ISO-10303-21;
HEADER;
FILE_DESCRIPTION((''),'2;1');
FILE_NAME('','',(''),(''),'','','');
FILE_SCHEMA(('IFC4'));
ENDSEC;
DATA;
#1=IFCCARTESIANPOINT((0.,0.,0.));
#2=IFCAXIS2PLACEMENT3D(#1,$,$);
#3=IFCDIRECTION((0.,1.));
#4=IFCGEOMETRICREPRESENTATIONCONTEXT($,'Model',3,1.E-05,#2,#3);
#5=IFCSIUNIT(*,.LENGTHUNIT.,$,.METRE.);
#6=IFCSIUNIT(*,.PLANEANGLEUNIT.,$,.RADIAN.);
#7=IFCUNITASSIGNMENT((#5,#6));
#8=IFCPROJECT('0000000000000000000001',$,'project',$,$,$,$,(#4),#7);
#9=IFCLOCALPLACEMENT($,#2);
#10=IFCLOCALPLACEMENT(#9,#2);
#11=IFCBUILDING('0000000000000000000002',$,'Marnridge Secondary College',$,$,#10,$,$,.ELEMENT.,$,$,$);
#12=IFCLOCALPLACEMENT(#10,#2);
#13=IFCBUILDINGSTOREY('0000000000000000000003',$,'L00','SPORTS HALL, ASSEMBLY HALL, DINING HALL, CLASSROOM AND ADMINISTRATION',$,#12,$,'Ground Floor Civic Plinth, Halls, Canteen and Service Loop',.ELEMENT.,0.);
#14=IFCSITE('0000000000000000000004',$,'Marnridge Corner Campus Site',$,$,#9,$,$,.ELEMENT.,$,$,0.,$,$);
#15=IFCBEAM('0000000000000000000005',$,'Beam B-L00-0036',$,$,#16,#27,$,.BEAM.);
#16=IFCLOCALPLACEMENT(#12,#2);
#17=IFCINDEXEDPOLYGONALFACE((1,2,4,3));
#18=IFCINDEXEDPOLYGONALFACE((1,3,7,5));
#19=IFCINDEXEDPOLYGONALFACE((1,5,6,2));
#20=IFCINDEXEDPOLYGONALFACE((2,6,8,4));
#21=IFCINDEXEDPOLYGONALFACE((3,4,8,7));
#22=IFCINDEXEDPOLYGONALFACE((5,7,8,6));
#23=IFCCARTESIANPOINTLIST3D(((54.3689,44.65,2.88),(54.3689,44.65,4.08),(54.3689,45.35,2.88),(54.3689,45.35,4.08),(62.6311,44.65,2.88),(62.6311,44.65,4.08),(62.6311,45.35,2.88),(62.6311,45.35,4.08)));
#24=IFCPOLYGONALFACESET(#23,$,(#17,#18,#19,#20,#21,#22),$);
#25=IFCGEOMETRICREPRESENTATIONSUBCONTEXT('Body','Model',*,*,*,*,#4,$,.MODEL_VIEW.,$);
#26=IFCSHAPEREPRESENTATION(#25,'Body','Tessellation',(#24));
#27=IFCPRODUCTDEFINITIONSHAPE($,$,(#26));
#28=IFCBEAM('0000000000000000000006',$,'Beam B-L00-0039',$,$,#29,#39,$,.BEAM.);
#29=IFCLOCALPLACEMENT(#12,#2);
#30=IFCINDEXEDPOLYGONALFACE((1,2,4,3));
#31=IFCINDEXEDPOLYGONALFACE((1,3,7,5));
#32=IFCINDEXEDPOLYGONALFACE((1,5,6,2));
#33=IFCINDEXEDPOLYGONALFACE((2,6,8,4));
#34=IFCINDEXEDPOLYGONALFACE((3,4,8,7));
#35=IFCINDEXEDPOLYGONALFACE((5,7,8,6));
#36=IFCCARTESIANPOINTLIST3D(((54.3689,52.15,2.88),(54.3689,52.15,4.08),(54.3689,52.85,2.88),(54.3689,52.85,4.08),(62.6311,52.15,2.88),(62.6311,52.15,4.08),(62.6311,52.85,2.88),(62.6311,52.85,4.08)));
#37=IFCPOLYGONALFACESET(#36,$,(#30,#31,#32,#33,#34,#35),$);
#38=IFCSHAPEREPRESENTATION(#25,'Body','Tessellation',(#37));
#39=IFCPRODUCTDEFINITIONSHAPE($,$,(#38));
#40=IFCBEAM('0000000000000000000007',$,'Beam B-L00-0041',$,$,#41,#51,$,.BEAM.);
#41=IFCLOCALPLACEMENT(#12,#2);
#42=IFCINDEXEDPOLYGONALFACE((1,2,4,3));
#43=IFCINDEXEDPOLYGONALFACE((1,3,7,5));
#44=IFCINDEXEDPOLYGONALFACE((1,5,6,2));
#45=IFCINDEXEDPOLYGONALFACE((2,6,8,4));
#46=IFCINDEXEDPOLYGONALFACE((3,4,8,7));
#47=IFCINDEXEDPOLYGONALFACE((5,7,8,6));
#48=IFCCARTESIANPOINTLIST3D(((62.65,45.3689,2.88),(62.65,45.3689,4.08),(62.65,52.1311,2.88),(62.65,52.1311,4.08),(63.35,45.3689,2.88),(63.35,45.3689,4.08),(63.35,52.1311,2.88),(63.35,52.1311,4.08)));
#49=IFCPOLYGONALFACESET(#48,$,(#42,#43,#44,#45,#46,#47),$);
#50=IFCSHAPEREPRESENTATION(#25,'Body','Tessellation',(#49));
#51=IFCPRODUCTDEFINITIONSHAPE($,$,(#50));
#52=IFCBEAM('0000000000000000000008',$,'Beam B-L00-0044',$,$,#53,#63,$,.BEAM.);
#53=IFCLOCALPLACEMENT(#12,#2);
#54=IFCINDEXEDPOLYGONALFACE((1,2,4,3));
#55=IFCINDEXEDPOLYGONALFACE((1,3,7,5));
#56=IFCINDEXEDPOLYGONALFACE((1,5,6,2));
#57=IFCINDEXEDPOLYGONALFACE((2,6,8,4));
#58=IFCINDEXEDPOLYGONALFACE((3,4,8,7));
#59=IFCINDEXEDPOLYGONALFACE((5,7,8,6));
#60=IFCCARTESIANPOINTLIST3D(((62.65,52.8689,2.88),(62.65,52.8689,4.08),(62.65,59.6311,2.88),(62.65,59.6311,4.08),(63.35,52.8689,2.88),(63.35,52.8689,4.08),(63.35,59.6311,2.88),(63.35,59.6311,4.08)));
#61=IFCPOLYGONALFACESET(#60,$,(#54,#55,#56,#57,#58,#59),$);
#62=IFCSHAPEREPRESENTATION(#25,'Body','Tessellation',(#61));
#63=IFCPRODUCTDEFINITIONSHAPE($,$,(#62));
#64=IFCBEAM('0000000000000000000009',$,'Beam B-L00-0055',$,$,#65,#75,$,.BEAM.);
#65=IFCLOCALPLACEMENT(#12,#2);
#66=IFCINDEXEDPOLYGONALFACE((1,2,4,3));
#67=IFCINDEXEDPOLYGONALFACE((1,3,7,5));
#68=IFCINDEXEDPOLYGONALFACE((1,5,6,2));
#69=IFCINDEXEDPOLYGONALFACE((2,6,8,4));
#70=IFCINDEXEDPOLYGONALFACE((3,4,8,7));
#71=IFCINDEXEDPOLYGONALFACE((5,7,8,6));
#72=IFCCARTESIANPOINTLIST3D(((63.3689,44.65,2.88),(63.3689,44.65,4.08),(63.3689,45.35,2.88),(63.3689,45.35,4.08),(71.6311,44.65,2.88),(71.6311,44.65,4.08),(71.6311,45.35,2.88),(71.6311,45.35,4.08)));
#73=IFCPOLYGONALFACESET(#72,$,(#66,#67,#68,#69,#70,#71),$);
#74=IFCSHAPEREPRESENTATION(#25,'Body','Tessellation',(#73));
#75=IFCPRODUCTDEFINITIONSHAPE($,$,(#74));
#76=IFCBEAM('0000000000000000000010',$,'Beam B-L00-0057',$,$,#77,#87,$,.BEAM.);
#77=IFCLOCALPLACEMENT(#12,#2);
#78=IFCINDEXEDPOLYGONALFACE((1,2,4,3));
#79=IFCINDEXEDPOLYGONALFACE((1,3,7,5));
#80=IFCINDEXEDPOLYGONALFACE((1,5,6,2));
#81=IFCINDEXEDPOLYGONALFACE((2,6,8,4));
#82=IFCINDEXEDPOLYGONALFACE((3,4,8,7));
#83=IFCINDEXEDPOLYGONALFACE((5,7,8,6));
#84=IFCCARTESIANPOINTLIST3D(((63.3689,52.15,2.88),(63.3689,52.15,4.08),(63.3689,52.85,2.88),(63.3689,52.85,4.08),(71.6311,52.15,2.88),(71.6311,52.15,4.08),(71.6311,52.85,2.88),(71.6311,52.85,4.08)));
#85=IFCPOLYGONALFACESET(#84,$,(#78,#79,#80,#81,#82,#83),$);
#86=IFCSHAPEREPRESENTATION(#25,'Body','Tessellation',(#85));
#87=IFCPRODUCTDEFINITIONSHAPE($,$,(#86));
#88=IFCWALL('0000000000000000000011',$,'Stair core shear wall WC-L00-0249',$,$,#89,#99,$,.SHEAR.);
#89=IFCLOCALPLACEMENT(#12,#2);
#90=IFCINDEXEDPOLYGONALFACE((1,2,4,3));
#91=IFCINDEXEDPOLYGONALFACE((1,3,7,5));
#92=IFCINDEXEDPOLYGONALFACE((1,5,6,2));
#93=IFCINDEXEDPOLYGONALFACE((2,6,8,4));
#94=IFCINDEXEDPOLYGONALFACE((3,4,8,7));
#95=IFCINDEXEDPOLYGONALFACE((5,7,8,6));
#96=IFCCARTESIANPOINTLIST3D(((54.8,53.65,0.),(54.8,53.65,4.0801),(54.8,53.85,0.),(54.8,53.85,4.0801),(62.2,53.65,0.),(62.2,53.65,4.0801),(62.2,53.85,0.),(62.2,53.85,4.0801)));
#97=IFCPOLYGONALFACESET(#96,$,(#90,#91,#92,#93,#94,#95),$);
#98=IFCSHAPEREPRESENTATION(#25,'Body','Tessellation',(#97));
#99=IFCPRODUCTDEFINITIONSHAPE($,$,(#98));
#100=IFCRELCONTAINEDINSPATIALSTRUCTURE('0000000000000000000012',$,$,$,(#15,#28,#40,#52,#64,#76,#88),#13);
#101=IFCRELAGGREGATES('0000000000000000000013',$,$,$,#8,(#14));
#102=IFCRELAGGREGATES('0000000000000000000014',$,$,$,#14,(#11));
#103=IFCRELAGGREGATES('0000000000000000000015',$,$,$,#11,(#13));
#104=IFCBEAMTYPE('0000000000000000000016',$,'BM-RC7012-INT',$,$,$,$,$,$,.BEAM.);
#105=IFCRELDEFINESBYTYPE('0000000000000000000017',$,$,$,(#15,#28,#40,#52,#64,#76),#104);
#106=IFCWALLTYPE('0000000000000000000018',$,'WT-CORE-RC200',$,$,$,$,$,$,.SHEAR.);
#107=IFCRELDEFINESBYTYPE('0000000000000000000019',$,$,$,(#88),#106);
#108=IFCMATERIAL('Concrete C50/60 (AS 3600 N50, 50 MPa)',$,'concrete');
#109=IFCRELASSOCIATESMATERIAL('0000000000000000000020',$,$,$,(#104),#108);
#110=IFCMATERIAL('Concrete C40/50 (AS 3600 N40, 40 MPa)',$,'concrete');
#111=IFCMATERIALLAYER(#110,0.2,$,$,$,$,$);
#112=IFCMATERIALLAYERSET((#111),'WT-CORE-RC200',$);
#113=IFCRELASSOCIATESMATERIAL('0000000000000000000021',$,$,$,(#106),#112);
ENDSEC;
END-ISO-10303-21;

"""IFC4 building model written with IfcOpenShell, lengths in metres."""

from ifc_helpers import new_model, si_unit, direction, frame, frame_2d, origin, origin_2d, place, context, subcontext, project, spatial, rectangle, extrude, material, layer, layer_set, material_profile, profile_set, type_object, element, save


model = new_model("IFC4")

# Units and contexts
model_context = context("Model", 3, precision=1e-05, world=origin(), true_north=direction((0.0, 1.0)))
body_context = subcontext(model_context, "Body", "Model", "MODEL_VIEW")
ifc_project = project(units=[si_unit("LENGTHUNIT", "METRE"), si_unit("PLANEANGLEUNIT", "RADIAN")], contexts=[model_context])

# Site, building, storey
site_placement = place(None, origin())
site = spatial("IfcSite", under=ifc_project, at=site_placement, Name="Marnridge Corner Campus Site", CompositionType="ELEMENT", RefElevation=0.0)
building_placement = place(site_placement, origin())
building = spatial("IfcBuilding", under=site, at=building_placement, Name="Marnridge Secondary College", CompositionType="ELEMENT")
storey_placement = place(building_placement, origin())
storey = spatial("IfcBuildingStorey", under=building, at=storey_placement, Name="L00", Description="SPORTS HALL, ASSEMBLY HALL, DINING HALL, CLASSROOM AND ADMINISTRATION", LongName="Ground Floor Civic Plinth, Halls, Canteen and Service Loop", CompositionType="ELEMENT", Elevation=0.0)

# Beams
ifc_material_1 = material(Name="Concrete C50/60 (AS 3600 N50, 50 MPa)", Category="concrete")
ifc_material_profile_1 = material_profile(ifc_material_1, rectangle(XDim=0.7, YDim=1.2, at=origin_2d()), Name="RC 700x1200")
ifc_profile_set_1 = profile_set([ifc_material_profile_1], Name="Concrete C50/60 (AS 3600 N50, 50 MPa)")
beam_type_1 = type_object("IfcBeamType", Name="BM-RC7012-INT", PredefinedType="BEAM", material=ifc_profile_set_1)
for number, where, z_axis, x_axis, name in (
    (1, (54.3689, 45.0, 3.48), (1.0, 0.0, 0.0), (0.0, 1.0, 0.0), "Beam B-L00-0036"),
    (2, (54.3689, 52.5, 3.48), (1.0, 0.0, 0.0), (0.0, 1.0, 0.0), "Beam B-L00-0039"),
):
    element("IfcBeam", number, at=place(storey_placement, frame(where, z_axis=z_axis, x_axis=x_axis)), inside=storey, type_object=beam_type_1, Name=name, PredefinedType="BEAM", context=body_context, shape_type="SweptSolid", body=[
        extrude(rectangle(XDim=0.7, YDim=1.2, at=origin_2d()), origin(), (0.0, 0.0, 1.0), 8.2622),
    ])
for number, where, z_axis, x_axis, name in (
    (3, (63.0, 45.3689, 3.48), (0.0, 1.0, 0.0), (-1.0, 0.0, 0.0), "Beam B-L00-0041"),
    (4, (63.0, 52.8689, 3.48), (0.0, 1.0, 0.0), (-1.0, 0.0, 0.0), "Beam B-L00-0044"),
):
    element("IfcBeam", number, at=place(storey_placement, frame(where, z_axis=z_axis, x_axis=x_axis)), inside=storey, type_object=beam_type_1, Name=name, PredefinedType="BEAM", context=body_context, shape_type="SweptSolid", body=[
        extrude(rectangle(XDim=0.7, YDim=1.2, at=origin_2d()), origin(), (0.0, 0.0, 1.0), 6.7622),
    ])
for number, where, z_axis, x_axis, name in (
    (5, (63.3689, 45.0, 3.48), (1.0, 0.0, 0.0), (0.0, 1.0, 0.0), "Beam B-L00-0055"),
    (6, (63.3689, 52.5, 3.48), (1.0, 0.0, 0.0), (0.0, 1.0, 0.0), "Beam B-L00-0057"),
):
    element("IfcBeam", number, at=place(storey_placement, frame(where, z_axis=z_axis, x_axis=x_axis)), inside=storey, type_object=beam_type_1, Name=name, PredefinedType="BEAM", context=body_context, shape_type="SweptSolid", body=[
        extrude(rectangle(XDim=0.7, YDim=1.2, at=origin_2d()), origin(), (0.0, 0.0, 1.0), 8.2622),
    ])

# Wall
ifc_material_2 = material(Name="Concrete C40/50 (AS 3600 N40, 40 MPa)", Category="concrete")
ifc_layer = layer(ifc_material_2, 0.2)
ifc_layer_set = layer_set([ifc_layer], Name="WT-CORE-RC200")
wall_type = type_object("IfcWallType", Name="WT-CORE-RC200", PredefinedType="SHEAR", material=ifc_layer_set)
wall_placement = place(storey_placement, frame((54.8, 53.75, 0.0), z_axis=(0.0, 0.0, 1.0), x_axis=(1.0, 0.0, 0.0)))
element("IfcWall", 7, at=wall_placement, inside=storey, type_object=wall_type, Name="Stair core shear wall WC-L00-0249", PredefinedType="SHEAR", context=body_context, shape_type="SweptSolid", body=[
    extrude(rectangle(XDim=7.3999, YDim=0.2, at=frame_2d((3.7, 0.0))), origin(), (0.0, 0.0, 1.0), 4.0801),
])

save(model, "model.ifc")
